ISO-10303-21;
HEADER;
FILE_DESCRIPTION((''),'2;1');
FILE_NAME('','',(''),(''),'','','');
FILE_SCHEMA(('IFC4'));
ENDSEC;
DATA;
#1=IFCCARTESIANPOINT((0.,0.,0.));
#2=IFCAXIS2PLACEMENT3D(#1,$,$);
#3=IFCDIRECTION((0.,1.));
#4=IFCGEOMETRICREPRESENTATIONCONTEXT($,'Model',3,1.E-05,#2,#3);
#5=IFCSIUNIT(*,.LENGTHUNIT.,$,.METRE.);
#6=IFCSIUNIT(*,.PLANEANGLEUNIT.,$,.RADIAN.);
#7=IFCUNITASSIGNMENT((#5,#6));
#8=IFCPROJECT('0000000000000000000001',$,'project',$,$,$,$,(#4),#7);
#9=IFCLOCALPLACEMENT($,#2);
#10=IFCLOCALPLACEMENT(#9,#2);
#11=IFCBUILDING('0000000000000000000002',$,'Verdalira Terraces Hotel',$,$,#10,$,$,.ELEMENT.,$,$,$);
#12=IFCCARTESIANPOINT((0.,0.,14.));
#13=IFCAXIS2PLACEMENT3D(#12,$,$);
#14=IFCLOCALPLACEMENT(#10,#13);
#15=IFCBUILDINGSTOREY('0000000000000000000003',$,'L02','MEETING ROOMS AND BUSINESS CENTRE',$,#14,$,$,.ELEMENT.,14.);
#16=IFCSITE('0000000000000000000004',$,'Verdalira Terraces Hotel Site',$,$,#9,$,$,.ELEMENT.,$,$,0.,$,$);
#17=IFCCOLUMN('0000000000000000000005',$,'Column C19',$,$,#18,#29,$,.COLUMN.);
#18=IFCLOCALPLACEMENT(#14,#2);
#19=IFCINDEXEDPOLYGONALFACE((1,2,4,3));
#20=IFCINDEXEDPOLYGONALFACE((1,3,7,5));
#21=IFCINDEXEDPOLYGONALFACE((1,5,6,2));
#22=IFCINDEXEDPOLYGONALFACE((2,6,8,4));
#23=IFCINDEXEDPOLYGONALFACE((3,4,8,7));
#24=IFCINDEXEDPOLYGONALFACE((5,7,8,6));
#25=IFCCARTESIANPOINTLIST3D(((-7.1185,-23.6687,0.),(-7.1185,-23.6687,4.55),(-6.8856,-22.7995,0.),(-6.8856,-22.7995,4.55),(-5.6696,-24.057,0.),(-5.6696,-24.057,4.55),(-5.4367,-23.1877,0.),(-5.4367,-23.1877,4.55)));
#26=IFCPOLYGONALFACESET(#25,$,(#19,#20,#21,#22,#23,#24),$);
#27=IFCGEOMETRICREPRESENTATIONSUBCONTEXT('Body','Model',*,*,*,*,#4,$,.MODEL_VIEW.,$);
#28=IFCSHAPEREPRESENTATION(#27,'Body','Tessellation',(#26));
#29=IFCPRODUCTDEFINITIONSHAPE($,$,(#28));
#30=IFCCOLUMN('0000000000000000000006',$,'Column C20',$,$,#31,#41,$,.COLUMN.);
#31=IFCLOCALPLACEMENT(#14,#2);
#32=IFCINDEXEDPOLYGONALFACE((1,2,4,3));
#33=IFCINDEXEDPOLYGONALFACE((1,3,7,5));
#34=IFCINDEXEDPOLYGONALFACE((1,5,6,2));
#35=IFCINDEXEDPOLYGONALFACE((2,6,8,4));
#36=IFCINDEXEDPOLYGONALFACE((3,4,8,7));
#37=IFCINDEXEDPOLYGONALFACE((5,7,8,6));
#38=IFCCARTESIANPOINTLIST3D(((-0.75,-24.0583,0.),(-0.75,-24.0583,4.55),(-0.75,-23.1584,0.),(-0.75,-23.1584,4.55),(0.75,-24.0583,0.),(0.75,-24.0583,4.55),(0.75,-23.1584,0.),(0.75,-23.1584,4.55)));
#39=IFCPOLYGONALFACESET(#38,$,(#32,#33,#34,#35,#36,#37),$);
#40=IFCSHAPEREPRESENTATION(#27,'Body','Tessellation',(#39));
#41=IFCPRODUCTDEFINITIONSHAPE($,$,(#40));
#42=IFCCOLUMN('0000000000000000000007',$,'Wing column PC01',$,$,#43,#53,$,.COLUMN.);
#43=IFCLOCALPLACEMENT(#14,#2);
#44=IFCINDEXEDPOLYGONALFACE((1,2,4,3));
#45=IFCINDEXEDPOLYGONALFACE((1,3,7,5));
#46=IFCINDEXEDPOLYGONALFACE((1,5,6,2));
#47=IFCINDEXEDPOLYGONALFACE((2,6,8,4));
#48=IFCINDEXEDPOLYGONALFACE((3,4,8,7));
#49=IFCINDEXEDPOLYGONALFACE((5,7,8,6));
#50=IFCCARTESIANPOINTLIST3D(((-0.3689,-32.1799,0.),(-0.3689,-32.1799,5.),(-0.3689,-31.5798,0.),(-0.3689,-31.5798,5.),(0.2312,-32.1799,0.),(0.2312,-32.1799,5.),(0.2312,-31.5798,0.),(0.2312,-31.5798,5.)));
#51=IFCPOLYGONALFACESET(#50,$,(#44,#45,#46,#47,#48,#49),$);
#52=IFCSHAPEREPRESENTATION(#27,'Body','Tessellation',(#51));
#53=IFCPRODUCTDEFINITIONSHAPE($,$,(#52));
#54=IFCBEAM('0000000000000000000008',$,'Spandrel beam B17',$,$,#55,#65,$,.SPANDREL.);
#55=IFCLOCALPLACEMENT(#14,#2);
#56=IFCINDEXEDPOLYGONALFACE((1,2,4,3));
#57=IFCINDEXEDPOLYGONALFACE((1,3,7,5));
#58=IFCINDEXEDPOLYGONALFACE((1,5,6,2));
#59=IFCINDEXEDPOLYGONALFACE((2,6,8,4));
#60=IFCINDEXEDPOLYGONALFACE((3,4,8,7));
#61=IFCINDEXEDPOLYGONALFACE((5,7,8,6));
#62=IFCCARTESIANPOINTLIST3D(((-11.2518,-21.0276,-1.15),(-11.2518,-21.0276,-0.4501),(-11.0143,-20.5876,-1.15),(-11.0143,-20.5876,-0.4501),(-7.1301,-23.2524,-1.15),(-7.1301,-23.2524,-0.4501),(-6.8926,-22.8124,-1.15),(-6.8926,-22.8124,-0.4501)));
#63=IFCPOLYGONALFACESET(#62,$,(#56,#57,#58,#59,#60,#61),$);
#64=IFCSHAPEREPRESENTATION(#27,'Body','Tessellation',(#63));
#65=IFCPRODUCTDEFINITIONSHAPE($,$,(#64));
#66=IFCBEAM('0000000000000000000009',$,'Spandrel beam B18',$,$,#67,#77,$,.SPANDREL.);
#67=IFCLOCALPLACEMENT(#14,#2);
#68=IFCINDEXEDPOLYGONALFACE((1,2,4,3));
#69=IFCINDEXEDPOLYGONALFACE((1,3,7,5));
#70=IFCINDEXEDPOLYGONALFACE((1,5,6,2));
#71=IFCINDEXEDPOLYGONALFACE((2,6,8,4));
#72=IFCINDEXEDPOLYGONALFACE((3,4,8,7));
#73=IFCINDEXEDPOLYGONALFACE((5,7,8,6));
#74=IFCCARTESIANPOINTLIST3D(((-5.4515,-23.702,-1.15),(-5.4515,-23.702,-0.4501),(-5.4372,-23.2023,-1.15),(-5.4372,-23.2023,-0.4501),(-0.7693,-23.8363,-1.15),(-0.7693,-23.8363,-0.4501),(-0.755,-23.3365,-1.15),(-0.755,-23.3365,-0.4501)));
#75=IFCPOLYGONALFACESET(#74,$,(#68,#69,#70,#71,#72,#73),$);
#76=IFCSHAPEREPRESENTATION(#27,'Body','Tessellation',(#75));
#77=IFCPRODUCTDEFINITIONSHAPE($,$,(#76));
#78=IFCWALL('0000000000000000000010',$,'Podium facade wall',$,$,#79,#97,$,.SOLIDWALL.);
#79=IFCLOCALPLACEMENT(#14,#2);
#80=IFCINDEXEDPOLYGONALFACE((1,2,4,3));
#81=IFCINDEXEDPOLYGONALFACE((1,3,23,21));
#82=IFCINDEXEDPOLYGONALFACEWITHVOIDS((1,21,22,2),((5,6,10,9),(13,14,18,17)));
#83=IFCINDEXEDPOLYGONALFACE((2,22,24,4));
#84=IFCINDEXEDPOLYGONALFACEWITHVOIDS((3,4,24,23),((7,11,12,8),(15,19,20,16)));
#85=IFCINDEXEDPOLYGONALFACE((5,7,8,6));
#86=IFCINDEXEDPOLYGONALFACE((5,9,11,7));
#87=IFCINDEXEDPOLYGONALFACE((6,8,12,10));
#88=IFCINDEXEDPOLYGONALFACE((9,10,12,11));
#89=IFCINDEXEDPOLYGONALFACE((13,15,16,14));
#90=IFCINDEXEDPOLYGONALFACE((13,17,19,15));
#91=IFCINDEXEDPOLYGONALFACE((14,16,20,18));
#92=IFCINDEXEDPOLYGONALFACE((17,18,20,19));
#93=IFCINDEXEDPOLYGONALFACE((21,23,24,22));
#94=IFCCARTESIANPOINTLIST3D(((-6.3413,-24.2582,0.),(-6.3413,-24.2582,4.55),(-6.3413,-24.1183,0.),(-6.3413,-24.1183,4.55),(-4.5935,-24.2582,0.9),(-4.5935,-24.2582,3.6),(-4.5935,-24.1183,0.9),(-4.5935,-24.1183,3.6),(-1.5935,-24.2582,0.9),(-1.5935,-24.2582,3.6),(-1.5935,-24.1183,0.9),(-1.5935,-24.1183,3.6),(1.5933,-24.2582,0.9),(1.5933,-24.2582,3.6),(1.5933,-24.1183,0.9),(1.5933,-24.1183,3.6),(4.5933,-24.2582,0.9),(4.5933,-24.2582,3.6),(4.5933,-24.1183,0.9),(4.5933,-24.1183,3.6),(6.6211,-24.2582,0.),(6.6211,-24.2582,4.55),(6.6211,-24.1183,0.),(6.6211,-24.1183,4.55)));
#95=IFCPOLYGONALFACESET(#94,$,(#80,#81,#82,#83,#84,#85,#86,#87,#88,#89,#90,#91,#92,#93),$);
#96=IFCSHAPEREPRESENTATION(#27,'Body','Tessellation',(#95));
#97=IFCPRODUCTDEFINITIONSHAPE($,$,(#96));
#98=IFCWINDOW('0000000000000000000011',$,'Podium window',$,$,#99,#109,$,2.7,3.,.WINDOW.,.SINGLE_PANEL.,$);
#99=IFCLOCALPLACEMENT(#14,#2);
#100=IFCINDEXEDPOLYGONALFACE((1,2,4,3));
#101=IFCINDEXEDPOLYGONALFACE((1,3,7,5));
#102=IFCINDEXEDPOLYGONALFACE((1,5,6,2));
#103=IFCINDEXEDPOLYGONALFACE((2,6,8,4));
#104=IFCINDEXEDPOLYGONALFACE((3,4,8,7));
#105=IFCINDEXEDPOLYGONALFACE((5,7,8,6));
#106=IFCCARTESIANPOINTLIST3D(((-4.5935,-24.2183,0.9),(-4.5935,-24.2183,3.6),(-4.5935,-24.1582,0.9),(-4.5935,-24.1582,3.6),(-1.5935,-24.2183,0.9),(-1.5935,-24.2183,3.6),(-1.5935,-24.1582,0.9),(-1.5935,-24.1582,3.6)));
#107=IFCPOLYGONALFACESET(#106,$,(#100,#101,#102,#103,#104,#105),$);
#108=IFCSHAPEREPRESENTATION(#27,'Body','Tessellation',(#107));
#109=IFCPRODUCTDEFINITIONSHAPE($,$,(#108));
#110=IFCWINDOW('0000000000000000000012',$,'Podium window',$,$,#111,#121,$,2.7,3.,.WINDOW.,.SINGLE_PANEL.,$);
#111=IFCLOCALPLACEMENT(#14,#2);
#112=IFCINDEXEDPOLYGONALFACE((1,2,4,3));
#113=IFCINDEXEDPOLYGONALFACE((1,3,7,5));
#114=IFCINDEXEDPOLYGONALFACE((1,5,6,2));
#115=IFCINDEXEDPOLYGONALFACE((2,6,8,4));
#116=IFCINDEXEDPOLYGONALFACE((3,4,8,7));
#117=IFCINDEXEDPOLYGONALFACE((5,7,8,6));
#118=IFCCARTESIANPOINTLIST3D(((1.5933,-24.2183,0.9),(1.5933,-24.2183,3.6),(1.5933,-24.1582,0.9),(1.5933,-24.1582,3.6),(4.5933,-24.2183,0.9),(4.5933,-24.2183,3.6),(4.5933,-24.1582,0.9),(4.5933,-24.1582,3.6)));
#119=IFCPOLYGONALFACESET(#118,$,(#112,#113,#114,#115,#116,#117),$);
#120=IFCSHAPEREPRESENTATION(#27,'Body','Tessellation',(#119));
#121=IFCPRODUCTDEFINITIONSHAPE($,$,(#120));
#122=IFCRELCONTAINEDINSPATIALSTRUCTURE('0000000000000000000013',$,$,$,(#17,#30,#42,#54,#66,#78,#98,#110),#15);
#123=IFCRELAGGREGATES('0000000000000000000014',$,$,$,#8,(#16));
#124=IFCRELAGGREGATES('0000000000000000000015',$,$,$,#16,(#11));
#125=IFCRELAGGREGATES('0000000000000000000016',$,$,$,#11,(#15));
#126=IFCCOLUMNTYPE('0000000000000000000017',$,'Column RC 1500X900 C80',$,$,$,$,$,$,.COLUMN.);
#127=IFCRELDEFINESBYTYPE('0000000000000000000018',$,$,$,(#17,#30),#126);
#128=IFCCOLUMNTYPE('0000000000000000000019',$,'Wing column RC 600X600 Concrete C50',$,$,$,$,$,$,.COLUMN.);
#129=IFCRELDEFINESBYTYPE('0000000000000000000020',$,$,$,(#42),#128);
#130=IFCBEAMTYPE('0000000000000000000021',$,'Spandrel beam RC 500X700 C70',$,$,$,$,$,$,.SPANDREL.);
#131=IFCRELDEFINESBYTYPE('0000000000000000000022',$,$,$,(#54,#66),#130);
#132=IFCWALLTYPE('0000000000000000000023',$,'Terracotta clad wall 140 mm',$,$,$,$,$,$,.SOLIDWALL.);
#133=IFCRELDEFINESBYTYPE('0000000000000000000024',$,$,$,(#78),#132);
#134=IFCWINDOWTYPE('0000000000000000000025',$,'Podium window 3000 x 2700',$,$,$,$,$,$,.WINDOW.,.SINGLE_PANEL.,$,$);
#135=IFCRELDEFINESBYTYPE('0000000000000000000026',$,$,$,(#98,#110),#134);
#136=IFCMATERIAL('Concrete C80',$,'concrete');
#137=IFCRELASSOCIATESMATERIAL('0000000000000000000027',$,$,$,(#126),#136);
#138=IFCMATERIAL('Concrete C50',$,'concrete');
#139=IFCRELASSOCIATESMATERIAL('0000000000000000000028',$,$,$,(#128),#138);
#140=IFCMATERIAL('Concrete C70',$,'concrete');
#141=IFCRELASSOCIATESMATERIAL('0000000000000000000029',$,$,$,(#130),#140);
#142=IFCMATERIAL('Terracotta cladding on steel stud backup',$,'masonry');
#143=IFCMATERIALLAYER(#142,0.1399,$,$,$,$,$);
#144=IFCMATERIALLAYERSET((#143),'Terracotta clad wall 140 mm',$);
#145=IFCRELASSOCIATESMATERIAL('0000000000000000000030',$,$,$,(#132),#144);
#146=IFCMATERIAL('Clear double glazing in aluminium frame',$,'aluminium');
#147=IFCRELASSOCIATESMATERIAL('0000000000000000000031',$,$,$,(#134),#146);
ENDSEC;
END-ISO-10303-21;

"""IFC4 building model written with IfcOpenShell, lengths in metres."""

from ifc_helpers import new_model, si_unit, direction, frame, frame_2d, origin, origin_2d, place, context, subcontext, project, spatial, rectangle, extrude, material, layer, layer_set, material_profile, profile_set, type_object, element, fill, save


model = new_model("IFC4")

# Units and contexts
model_context = context("Model", 3, precision=1e-05, world=origin(), true_north=direction((0.0, 1.0)))
body_context = subcontext(model_context, "Body", "Model", "MODEL_VIEW")
ifc_project = project(units=[si_unit("LENGTHUNIT", "METRE"), si_unit("PLANEANGLEUNIT", "RADIAN")], contexts=[model_context])

# Site, building, storey
site_placement = place(None, origin())
site = spatial("IfcSite", under=ifc_project, at=site_placement, Name="Verdalira Terraces Hotel Site", CompositionType="ELEMENT", RefElevation=0.0)
building_placement = place(site_placement, origin())
building = spatial("IfcBuilding", under=site, at=building_placement, Name="Verdalira Terraces Hotel", CompositionType="ELEMENT")
storey_placement = place(building_placement, frame((0.0, 0.0, 14.0)))
storey = spatial("IfcBuildingStorey", under=building, at=storey_placement, Name="L02", Description="MEETING ROOMS AND BUSINESS CENTRE", CompositionType="ELEMENT", Elevation=14.0)

# Columns
ifc_material_1 = material(Name="Concrete C80", Category="concrete")
ifc_material_profile_1 = material_profile(ifc_material_1, rectangle(XDim=1.5, YDim=0.8999, at=origin_2d()), Name="RC 1500X900")
ifc_profile_set_1 = profile_set([ifc_material_profile_1], Name="Concrete C80")
column_type_1 = type_object("IfcColumnType", Name="Column RC 1500X900 C80", PredefinedType="COLUMN", material=ifc_profile_set_1)
for number, where, z_axis, x_axis, name in (
    (1, (-6.2776, -23.4282, 0.0), (0.0, 0.0, 1.0), (-0.965926, 0.258819, 0.0), "Column C19"),
    (2, (0.0, -23.6084, 0.0), (0.0, 0.0, 1.0), (1.0, 0.0, 0.0), "Column C20"),
):
    element("IfcColumn", number, at=place(storey_placement, frame(where, z_axis=z_axis, x_axis=x_axis)), inside=storey, type_object=column_type_1, Name=name, PredefinedType="COLUMN", context=body_context, shape_type="SweptSolid", body=[
        extrude(rectangle(XDim=1.5, YDim=0.8999, at=origin_2d()), origin(), (0.0, 0.0, 1.0), 4.55),
    ])
ifc_material_2 = material(Name="Concrete C50", Category="concrete")
ifc_material_profile_2 = material_profile(ifc_material_2, rectangle(XDim=0.6001, YDim=0.6001, at=origin_2d()), Name="RC 600X600")
ifc_profile_set_2 = profile_set([ifc_material_profile_2], Name="Concrete C50")
column_type_2 = type_object("IfcColumnType", Name="Wing column RC 600X600 Concrete C50", PredefinedType="COLUMN", material=ifc_profile_set_2)
column_placement = place(storey_placement, frame((-0.0688, -31.8799, 0.0), z_axis=(0.0, 0.0, 1.0), x_axis=(0.0, -1.0, 0.0)))
element("IfcColumn", 3, at=column_placement, inside=storey, type_object=column_type_2, Name="Wing column PC01", PredefinedType="COLUMN", context=body_context, shape_type="SweptSolid", body=[
    extrude(rectangle(XDim=0.6001, YDim=0.6001, at=origin_2d()), origin(), (0.0, 0.0, 1.0), 5.0),
])

# Beams
ifc_material_3 = material(Name="Concrete C70", Category="concrete")
ifc_material_profile_3 = material_profile(ifc_material_3, rectangle(XDim=0.5, YDim=0.7, at=origin_2d()), Name="RC 500X700")
ifc_profile_set_3 = profile_set([ifc_material_profile_3], Name="Concrete C70")
beam_type = type_object("IfcBeamType", Name="Spandrel beam RC 500X700 C70", PredefinedType="SPANDREL", material=ifc_profile_set_3)
beam_1_placement = place(storey_placement, frame((-11.1331, -20.8076, -0.8), z_axis=(0.879989, -0.474995, 0.0), x_axis=(0.474995, 0.879989, 0.0)))
element("IfcBeam", 4, at=beam_1_placement, inside=storey, type_object=beam_type, Name="Spandrel beam B17", PredefinedType="SPANDREL", context=body_context, shape_type="SweptSolid", body=[
    extrude(rectangle(XDim=0.5, YDim=0.7, at=origin_2d()), origin(), (0.0, 0.0, 1.0), 4.6838),
])
beam_2_placement = place(storey_placement, frame((-5.4443, -23.4521, -0.8), z_axis=(0.999589, -0.028667, 0.0), x_axis=(0.028667, 0.999589, 0.0)))
element("IfcBeam", 5, at=beam_2_placement, inside=storey, type_object=beam_type, Name="Spandrel beam B18", PredefinedType="SPANDREL", context=body_context, shape_type="SweptSolid", body=[
    extrude(rectangle(XDim=0.5, YDim=0.7, at=origin_2d()), origin(), (0.0, 0.0, 1.0), 4.6841),
])

# Wall, openings, windows
ifc_material_4 = material(Name="Terracotta cladding on steel stud backup", Category="masonry")
ifc_layer = layer(ifc_material_4, 0.1399)
ifc_layer_set = layer_set([ifc_layer], Name="Terracotta clad wall 140 mm")
wall_type = type_object("IfcWallType", Name="Terracotta clad wall 140 mm", PredefinedType="SOLIDWALL", material=ifc_layer_set)
wall_1_placement = place(storey_placement, frame((-6.3413, -24.1882, 0.0), z_axis=(0.0, 0.0, 1.0), x_axis=(1.0, 0.0, 0.0)))
wall_1 = element("IfcWall", 6, at=wall_1_placement, inside=storey, type_object=wall_type, Name="Podium facade wall", PredefinedType="SOLIDWALL", context=body_context, shape_type="SweptSolid", body=[
    extrude(rectangle(XDim=12.9624, YDim=0.1399, at=frame_2d((6.4812, 0.0))), origin(), (0.0, 0.0, 1.0), 4.55),
])
opening_1_placement = place(wall_1_placement, frame((1.7478, 0.0, 0.8999)))
opening_1 = element("IfcOpeningElement", 7, at=opening_1_placement, cuts=wall_1, PredefinedType="OPENING", context=body_context, shape_type="SweptSolid", body=[
    extrude(rectangle(XDim=3.0, YDim=2.7, at=frame_2d((1.5, 1.3501))), frame((0.0, 0.0798, 0.0), z_axis=(0.0, -1.0, 0.0), x_axis=(1.0, 0.0, 0.0)), (0.0, 0.0, 1.0), 0.1599),
])
opening_2_placement = place(wall_1_placement, frame((7.9346, 0.0, 0.8999)))
opening_2 = element("IfcOpeningElement", 8, at=opening_2_placement, cuts=wall_1, PredefinedType="OPENING", context=body_context, shape_type="SweptSolid", body=[
    extrude(rectangle(XDim=3.0, YDim=2.7, at=frame_2d((1.5, 1.3501))), frame((0.0, 0.0798, 0.0), z_axis=(0.0, -1.0, 0.0), x_axis=(1.0, 0.0, 0.0)), (0.0, 0.0, 1.0), 0.1599),
])
ifc_material_5 = material(Name="Clear double glazing in aluminium frame", Category="aluminium")
window_type_1 = type_object("IfcWindowType", Name="Podium window 3000 x 2700", PartitioningType="SINGLE_PANEL", PredefinedType="WINDOW", material=ifc_material_5)
window_1_placement = place(opening_1_placement, origin())
window_1 = element("IfcWindow", 9, at=window_1_placement, inside=storey, type_object=window_type_1, Name="Podium window", OverallHeight=2.7, OverallWidth=3.0, PartitioningType="SINGLE_PANEL", PredefinedType="WINDOW", context=body_context, shape_type="SweptSolid", body=[
    extrude(rectangle(XDim=3.0, YDim=2.7, at=frame_2d((1.5, 1.3501))), frame((0.0, 0.03, 0.0), z_axis=(0.0, -1.0, 0.0), x_axis=(1.0, 0.0, 0.0)), (0.0, 0.0, 1.0), 0.0601),
])
fill(opening_1, window_1)
window_2_placement = place(opening_2_placement, origin())
window_2 = element("IfcWindow", 10, at=window_2_placement, inside=storey, type_object=window_type_1, Name="Podium window", OverallHeight=2.7, OverallWidth=3.0, PartitioningType="SINGLE_PANEL", PredefinedType="WINDOW", context=body_context, shape_type="SweptSolid", body=[
    extrude(rectangle(XDim=3.0, YDim=2.7, at=frame_2d((1.5, 1.3501))), frame((0.0, 0.03, 0.0), z_axis=(0.0, -1.0, 0.0), x_axis=(1.0, 0.0, 0.0)), (0.0, 0.0, 1.0), 0.0601),
])
fill(opening_2, window_2)

save(model, "model.ifc")
